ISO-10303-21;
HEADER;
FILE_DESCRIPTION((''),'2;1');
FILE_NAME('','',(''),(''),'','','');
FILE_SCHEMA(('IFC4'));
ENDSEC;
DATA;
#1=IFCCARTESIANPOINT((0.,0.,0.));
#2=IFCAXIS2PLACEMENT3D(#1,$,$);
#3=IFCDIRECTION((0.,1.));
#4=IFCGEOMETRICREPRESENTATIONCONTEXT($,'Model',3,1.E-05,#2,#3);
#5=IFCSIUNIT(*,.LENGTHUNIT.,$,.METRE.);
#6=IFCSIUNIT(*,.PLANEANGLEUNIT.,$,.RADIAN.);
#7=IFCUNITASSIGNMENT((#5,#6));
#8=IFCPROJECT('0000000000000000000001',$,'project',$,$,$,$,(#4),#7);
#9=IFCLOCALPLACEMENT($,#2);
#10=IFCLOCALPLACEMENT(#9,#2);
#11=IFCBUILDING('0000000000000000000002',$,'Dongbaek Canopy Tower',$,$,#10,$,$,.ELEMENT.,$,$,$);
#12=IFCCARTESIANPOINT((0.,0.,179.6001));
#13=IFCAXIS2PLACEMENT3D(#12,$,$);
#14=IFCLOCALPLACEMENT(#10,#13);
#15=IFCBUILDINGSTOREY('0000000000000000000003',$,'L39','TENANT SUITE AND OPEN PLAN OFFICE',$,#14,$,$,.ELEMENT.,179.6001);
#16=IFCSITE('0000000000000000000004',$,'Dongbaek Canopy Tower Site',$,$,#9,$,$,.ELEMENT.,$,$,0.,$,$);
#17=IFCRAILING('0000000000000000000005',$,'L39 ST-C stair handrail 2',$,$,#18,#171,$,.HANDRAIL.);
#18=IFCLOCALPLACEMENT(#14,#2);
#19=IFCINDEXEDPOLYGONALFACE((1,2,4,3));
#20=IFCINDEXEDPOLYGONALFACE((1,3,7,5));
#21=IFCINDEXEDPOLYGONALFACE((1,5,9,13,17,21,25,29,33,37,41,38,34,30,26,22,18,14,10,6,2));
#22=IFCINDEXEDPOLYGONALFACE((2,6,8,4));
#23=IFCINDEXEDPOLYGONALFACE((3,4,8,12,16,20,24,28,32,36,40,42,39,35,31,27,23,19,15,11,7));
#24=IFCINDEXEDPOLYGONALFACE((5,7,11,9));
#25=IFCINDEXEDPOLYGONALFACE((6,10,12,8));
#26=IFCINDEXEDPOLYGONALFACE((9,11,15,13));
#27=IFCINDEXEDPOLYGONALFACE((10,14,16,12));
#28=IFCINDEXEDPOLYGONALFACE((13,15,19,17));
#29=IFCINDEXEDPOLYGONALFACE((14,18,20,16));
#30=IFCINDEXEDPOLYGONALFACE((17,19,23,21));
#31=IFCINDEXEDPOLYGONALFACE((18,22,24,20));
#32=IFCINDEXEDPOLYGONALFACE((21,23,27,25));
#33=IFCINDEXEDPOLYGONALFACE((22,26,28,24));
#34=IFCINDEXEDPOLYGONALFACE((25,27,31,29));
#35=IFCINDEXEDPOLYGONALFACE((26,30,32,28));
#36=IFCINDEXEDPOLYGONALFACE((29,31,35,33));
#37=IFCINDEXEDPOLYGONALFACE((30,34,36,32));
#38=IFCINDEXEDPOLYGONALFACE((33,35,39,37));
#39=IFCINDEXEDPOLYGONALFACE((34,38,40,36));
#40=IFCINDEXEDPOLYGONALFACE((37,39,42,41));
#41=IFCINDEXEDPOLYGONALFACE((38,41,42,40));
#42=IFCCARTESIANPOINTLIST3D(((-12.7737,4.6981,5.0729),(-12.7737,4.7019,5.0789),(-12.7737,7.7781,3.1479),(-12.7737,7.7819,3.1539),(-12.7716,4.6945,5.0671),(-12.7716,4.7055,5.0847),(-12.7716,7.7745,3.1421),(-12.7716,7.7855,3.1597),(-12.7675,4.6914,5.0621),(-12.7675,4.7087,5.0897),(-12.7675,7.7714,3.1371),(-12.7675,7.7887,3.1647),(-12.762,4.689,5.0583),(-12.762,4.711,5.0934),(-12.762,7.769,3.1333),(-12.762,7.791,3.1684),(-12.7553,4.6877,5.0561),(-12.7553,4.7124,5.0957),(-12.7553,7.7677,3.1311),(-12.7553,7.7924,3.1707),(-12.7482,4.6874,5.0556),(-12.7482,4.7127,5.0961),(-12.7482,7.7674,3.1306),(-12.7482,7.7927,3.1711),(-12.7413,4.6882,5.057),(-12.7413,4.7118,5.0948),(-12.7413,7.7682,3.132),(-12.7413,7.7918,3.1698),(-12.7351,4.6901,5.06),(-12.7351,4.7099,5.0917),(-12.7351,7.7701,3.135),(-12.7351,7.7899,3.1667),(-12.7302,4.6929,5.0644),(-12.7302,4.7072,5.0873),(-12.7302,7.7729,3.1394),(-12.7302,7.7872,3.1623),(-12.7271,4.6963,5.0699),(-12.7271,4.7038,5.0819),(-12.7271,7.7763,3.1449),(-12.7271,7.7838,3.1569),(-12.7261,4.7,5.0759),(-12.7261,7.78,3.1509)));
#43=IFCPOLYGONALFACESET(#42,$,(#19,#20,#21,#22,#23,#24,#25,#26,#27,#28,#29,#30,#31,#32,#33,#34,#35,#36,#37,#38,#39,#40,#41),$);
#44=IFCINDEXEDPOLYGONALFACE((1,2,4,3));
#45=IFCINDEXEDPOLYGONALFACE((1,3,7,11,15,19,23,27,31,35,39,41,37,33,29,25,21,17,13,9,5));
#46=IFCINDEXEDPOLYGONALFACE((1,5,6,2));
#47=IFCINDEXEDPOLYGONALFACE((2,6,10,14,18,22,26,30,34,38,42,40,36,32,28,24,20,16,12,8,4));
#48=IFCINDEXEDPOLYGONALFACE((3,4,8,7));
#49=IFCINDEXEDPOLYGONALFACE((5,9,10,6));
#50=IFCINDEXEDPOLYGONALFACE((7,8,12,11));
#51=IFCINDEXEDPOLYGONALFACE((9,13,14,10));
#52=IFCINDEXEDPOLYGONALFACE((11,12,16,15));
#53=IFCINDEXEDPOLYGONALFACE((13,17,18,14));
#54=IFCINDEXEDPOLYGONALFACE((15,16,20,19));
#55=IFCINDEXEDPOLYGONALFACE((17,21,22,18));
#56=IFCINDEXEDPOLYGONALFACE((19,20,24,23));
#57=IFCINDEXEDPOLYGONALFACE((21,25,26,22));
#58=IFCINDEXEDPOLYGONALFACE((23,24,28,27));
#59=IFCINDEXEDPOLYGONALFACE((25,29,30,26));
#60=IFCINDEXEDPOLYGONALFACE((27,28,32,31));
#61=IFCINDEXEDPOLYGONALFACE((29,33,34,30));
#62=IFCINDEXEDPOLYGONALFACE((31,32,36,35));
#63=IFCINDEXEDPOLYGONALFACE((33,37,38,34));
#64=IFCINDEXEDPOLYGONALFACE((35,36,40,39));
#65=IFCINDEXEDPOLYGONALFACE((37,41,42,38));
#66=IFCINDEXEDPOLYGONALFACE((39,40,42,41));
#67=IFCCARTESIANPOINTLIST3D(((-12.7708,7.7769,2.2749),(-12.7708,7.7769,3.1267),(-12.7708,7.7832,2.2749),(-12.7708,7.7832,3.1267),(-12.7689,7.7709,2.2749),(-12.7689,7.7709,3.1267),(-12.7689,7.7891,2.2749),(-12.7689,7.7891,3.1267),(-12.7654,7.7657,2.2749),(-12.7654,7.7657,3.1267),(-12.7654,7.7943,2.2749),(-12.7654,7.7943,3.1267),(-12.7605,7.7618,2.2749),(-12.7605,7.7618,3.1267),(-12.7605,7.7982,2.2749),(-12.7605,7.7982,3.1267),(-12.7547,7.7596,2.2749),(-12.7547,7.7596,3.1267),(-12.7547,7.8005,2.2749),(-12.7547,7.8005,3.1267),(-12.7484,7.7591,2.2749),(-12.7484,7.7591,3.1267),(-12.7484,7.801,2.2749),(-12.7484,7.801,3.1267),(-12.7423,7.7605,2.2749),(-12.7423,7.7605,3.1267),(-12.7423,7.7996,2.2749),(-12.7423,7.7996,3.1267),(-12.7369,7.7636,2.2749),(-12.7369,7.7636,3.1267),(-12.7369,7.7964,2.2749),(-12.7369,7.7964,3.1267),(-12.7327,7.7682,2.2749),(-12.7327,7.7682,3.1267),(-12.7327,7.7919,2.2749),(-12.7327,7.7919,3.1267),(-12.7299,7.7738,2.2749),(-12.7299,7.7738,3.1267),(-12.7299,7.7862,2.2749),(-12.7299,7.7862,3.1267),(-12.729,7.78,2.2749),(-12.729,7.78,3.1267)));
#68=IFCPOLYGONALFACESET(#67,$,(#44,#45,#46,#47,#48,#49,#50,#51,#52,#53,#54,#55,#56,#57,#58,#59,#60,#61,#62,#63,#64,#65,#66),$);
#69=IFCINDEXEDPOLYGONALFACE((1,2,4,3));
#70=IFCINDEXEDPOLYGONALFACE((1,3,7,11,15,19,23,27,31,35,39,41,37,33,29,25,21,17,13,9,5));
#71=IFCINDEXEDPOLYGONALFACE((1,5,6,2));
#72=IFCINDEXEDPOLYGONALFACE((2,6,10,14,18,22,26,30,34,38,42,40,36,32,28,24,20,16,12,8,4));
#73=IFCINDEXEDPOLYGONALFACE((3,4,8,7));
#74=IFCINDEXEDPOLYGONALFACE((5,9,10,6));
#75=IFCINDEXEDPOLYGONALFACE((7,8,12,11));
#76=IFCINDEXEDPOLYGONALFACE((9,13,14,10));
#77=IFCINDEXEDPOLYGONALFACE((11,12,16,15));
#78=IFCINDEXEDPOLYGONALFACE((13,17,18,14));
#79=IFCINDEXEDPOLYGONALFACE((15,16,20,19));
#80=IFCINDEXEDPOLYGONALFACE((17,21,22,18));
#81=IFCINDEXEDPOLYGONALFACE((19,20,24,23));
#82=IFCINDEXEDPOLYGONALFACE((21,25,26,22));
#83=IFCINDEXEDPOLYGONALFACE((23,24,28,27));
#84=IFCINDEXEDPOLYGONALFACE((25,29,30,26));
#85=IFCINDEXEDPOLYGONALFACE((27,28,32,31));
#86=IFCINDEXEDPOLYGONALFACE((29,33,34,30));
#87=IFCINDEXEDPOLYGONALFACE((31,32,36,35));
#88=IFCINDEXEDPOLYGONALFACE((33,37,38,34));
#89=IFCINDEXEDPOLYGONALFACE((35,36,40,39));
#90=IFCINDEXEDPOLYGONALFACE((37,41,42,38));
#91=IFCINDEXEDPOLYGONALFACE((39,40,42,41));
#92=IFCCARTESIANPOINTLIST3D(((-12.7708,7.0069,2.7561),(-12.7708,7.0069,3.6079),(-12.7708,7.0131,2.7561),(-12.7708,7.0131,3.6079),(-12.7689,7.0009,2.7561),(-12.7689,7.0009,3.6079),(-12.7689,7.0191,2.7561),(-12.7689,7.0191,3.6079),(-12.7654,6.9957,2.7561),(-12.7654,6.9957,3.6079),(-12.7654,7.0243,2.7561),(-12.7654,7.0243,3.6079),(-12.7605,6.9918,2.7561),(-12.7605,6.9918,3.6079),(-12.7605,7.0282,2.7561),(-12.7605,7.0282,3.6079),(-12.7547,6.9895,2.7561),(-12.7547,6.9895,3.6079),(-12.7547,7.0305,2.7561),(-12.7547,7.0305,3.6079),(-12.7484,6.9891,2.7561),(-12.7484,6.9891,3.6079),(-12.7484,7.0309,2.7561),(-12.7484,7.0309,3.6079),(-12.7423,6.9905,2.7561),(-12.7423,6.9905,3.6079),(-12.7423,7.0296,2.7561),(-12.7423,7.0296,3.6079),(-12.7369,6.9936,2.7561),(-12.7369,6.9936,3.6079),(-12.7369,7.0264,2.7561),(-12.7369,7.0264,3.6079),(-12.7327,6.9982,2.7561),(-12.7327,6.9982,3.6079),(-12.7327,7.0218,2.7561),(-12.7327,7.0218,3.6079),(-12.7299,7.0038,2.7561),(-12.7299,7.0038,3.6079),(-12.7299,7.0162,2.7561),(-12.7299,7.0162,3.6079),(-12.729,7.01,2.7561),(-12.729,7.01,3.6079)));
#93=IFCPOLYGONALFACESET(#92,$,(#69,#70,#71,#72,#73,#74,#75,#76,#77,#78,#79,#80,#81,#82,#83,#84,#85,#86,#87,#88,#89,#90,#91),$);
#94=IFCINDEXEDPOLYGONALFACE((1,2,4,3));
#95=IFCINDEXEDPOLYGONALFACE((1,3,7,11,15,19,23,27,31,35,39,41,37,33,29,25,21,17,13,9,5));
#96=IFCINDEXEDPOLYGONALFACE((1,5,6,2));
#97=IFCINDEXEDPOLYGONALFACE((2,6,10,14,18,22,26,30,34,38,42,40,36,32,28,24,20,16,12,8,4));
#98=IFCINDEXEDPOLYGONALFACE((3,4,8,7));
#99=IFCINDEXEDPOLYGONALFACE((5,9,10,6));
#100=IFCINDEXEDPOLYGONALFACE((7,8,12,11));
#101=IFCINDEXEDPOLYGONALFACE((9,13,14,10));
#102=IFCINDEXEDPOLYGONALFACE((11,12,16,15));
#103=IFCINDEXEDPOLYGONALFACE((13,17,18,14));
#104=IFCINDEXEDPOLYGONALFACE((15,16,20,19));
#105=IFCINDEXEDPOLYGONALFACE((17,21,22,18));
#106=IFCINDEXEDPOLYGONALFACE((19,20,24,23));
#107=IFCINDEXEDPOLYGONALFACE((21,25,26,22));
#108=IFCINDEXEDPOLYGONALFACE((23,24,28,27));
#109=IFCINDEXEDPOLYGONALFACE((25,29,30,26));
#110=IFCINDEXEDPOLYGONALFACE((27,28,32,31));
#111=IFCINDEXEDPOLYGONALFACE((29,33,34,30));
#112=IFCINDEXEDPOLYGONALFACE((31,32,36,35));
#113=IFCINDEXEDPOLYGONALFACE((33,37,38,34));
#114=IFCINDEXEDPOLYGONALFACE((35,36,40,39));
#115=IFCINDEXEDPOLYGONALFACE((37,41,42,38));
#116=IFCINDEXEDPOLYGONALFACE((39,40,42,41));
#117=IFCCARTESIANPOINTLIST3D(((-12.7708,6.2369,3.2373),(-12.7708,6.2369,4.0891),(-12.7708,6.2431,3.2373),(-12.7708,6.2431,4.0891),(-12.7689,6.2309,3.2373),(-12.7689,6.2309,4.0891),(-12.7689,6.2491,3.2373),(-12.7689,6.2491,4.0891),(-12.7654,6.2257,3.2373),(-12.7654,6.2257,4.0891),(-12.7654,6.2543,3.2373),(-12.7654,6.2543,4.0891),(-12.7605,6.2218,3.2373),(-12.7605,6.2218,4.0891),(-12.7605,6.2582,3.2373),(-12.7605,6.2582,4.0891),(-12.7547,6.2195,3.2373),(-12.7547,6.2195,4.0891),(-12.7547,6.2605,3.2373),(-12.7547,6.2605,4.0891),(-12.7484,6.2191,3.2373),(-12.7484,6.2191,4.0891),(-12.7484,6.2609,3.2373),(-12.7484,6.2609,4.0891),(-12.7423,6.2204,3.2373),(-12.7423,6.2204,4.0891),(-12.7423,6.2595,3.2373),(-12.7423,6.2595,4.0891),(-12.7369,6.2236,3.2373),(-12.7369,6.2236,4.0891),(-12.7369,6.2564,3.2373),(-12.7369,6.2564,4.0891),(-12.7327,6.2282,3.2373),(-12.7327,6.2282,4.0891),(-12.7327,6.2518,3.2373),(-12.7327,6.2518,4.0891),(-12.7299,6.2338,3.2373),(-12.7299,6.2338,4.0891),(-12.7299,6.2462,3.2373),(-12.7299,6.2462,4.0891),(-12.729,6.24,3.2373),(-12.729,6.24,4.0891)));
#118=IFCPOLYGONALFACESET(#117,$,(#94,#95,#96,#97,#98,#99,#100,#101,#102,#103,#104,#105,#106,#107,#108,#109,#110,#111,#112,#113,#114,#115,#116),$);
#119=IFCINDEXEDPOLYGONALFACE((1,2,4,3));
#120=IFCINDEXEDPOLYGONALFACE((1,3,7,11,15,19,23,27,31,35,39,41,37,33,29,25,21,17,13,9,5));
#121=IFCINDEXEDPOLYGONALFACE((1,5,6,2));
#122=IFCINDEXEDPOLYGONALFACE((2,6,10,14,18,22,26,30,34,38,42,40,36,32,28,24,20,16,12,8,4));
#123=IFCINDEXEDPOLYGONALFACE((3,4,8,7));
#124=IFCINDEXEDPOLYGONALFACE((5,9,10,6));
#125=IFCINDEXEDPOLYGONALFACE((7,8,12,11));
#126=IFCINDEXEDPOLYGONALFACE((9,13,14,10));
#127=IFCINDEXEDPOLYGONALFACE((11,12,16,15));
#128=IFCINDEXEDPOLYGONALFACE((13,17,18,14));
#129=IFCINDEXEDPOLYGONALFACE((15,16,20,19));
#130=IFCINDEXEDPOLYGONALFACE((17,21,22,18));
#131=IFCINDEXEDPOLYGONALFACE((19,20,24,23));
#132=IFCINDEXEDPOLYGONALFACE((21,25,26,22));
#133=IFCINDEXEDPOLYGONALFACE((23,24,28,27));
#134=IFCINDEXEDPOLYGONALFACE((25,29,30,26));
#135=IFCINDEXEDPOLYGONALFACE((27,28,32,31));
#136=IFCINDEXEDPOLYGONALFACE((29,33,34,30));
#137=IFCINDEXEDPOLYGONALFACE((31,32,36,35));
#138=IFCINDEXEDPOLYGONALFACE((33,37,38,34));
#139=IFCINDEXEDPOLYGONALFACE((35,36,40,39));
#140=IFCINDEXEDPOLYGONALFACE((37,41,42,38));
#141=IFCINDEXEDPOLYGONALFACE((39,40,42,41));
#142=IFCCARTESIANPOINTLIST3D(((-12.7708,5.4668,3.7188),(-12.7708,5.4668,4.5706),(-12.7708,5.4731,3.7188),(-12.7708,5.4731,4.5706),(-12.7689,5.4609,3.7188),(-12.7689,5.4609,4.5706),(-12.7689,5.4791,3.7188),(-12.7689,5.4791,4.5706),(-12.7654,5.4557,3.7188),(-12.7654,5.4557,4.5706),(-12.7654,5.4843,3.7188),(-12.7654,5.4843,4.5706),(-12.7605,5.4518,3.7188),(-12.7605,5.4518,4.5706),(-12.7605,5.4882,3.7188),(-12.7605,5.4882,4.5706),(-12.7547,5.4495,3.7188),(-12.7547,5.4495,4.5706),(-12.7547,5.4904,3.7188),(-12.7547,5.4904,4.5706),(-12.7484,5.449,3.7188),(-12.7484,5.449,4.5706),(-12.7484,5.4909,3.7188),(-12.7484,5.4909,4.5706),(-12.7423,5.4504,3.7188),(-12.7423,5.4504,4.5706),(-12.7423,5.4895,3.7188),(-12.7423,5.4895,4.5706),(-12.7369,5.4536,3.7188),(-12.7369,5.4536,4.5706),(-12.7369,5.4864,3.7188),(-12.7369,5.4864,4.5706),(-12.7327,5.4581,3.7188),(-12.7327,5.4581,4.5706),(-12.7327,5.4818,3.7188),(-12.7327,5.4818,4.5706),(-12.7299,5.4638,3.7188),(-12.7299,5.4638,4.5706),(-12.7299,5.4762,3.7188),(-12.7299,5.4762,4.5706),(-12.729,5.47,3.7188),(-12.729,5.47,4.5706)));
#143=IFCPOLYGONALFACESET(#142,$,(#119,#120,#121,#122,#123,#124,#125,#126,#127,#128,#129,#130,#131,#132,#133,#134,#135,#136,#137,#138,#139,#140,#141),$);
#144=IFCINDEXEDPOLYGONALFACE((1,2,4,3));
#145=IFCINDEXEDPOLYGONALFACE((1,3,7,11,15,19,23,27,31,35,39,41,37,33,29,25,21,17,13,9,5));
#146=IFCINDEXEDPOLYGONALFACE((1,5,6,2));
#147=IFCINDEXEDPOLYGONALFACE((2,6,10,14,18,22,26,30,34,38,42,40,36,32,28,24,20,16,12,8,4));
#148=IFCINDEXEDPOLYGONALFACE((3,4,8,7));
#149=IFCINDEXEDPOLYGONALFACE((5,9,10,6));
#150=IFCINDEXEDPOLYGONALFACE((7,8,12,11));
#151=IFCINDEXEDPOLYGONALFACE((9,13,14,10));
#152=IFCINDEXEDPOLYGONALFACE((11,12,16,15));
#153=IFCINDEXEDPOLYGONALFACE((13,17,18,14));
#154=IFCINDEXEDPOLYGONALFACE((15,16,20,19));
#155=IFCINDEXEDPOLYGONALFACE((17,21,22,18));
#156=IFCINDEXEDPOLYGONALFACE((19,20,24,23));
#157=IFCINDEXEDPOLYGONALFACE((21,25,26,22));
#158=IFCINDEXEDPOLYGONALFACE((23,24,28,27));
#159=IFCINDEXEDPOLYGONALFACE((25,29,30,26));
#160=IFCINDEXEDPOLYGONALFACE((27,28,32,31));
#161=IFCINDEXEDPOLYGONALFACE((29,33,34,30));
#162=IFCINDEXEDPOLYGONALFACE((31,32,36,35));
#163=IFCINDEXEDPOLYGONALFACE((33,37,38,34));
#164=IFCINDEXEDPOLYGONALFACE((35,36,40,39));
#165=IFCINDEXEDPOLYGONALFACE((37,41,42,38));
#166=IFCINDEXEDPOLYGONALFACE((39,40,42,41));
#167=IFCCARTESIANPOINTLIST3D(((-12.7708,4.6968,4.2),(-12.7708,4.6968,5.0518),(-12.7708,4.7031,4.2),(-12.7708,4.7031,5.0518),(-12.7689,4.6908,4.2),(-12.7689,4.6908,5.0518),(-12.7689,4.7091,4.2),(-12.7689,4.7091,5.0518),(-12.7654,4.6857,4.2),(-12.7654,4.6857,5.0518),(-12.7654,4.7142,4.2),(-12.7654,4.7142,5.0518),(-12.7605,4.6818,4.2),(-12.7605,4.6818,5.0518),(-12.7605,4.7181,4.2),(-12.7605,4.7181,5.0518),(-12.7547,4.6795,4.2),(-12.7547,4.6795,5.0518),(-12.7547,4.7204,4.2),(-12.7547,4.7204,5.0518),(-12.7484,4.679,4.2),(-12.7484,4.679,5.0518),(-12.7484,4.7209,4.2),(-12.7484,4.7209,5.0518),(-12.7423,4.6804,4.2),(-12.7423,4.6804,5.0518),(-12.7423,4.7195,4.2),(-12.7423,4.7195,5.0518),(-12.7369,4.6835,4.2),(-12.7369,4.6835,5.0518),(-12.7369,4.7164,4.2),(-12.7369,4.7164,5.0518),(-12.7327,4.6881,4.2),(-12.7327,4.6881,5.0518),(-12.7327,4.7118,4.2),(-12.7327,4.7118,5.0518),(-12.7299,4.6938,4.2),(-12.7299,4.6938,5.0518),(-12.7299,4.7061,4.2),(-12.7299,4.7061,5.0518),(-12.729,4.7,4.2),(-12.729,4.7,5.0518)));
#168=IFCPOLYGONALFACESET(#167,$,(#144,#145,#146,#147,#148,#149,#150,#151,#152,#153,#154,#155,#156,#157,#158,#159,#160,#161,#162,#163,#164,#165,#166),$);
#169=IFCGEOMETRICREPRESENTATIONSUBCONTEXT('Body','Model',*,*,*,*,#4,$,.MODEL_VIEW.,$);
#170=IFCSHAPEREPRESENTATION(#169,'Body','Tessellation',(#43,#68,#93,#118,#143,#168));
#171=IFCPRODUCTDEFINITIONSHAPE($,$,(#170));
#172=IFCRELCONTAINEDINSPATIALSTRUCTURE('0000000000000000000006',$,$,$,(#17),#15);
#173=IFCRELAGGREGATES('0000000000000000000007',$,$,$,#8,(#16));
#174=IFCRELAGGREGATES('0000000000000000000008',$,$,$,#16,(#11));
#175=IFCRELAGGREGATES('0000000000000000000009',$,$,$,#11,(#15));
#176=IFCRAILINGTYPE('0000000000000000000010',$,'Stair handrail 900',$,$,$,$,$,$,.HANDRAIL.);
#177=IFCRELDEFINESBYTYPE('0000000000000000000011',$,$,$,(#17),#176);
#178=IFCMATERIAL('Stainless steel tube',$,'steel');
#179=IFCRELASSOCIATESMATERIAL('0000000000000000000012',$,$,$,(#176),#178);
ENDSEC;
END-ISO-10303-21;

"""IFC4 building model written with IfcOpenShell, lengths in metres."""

from ifc_helpers import new_model, si_unit, direction, frame, origin, origin_2d, place, context, subcontext, project, spatial, circle, extrude, material, type_object, element, save


model = new_model("IFC4")

# Units and contexts
model_context = context("Model", 3, precision=1e-05, world=origin(), true_north=direction((0.0, 1.0)))
body_context = subcontext(model_context, "Body", "Model", "MODEL_VIEW")
ifc_project = project(units=[si_unit("LENGTHUNIT", "METRE"), si_unit("PLANEANGLEUNIT", "RADIAN")], contexts=[model_context])

# Site, building, storey
site_placement = place(None, origin())
site = spatial("IfcSite", under=ifc_project, at=site_placement, Name="Dongbaek Canopy Tower Site", CompositionType="ELEMENT", RefElevation=0.0)
building_placement = place(site_placement, origin())
building = spatial("IfcBuilding", under=site, at=building_placement, Name="Dongbaek Canopy Tower", CompositionType="ELEMENT")
storey_placement = place(building_placement, frame((0.0, 0.0, 179.6001)))
storey = spatial("IfcBuildingStorey", under=building, at=storey_placement, Name="L39", Description="TENANT SUITE AND OPEN PLAN OFFICE", CompositionType="ELEMENT", Elevation=179.6001)

# Railing
ifc_material_1 = material(Name="Stainless steel tube", Category="steel")
railing_type_1 = type_object("IfcRailingType", Name="Stair handrail 900", PredefinedType="HANDRAIL", material=ifc_material_1)
railing_1_placement = place(storey_placement, frame((-12.75, 7.78, 2.2749)))
element("IfcRailing", 1, at=railing_1_placement, inside=storey, type_object=railing_type_1, Name="L39 ST-C stair handrail 2", PredefinedType="HANDRAIL", context=body_context, shape_type="SweptSolid", body=[
    extrude(circle(Radius=0.0239, at=origin_2d()), frame((0.0, 0.0, 0.876), z_axis=(0.0, -0.847998, 0.529999), x_axis=(1.0, 0.0, 0.0)), (0.0, 0.0, 1.0), 3.6321),
    extrude(circle(Radius=0.021, at=origin_2d()), origin(), (0.0, 0.0, 1.0), 0.8518),
    extrude(circle(Radius=0.021, at=origin_2d()), frame((0.0, -0.77, 0.4812)), (0.0, 0.0, 1.0), 0.8518),
    extrude(circle(Radius=0.021, at=origin_2d()), frame((0.0, -1.54, 0.9624)), (0.0, 0.0, 1.0), 0.8518),
    extrude(circle(Radius=0.021, at=origin_2d()), frame((0.0, -2.3101, 1.4438)), (0.0, 0.0, 1.0), 0.8518),
    extrude(circle(Radius=0.021, at=origin_2d()), frame((0.0, -3.0801, 1.925)), (0.0, 0.0, 1.0), 0.8518),
])

save(model, "model.ifc")
